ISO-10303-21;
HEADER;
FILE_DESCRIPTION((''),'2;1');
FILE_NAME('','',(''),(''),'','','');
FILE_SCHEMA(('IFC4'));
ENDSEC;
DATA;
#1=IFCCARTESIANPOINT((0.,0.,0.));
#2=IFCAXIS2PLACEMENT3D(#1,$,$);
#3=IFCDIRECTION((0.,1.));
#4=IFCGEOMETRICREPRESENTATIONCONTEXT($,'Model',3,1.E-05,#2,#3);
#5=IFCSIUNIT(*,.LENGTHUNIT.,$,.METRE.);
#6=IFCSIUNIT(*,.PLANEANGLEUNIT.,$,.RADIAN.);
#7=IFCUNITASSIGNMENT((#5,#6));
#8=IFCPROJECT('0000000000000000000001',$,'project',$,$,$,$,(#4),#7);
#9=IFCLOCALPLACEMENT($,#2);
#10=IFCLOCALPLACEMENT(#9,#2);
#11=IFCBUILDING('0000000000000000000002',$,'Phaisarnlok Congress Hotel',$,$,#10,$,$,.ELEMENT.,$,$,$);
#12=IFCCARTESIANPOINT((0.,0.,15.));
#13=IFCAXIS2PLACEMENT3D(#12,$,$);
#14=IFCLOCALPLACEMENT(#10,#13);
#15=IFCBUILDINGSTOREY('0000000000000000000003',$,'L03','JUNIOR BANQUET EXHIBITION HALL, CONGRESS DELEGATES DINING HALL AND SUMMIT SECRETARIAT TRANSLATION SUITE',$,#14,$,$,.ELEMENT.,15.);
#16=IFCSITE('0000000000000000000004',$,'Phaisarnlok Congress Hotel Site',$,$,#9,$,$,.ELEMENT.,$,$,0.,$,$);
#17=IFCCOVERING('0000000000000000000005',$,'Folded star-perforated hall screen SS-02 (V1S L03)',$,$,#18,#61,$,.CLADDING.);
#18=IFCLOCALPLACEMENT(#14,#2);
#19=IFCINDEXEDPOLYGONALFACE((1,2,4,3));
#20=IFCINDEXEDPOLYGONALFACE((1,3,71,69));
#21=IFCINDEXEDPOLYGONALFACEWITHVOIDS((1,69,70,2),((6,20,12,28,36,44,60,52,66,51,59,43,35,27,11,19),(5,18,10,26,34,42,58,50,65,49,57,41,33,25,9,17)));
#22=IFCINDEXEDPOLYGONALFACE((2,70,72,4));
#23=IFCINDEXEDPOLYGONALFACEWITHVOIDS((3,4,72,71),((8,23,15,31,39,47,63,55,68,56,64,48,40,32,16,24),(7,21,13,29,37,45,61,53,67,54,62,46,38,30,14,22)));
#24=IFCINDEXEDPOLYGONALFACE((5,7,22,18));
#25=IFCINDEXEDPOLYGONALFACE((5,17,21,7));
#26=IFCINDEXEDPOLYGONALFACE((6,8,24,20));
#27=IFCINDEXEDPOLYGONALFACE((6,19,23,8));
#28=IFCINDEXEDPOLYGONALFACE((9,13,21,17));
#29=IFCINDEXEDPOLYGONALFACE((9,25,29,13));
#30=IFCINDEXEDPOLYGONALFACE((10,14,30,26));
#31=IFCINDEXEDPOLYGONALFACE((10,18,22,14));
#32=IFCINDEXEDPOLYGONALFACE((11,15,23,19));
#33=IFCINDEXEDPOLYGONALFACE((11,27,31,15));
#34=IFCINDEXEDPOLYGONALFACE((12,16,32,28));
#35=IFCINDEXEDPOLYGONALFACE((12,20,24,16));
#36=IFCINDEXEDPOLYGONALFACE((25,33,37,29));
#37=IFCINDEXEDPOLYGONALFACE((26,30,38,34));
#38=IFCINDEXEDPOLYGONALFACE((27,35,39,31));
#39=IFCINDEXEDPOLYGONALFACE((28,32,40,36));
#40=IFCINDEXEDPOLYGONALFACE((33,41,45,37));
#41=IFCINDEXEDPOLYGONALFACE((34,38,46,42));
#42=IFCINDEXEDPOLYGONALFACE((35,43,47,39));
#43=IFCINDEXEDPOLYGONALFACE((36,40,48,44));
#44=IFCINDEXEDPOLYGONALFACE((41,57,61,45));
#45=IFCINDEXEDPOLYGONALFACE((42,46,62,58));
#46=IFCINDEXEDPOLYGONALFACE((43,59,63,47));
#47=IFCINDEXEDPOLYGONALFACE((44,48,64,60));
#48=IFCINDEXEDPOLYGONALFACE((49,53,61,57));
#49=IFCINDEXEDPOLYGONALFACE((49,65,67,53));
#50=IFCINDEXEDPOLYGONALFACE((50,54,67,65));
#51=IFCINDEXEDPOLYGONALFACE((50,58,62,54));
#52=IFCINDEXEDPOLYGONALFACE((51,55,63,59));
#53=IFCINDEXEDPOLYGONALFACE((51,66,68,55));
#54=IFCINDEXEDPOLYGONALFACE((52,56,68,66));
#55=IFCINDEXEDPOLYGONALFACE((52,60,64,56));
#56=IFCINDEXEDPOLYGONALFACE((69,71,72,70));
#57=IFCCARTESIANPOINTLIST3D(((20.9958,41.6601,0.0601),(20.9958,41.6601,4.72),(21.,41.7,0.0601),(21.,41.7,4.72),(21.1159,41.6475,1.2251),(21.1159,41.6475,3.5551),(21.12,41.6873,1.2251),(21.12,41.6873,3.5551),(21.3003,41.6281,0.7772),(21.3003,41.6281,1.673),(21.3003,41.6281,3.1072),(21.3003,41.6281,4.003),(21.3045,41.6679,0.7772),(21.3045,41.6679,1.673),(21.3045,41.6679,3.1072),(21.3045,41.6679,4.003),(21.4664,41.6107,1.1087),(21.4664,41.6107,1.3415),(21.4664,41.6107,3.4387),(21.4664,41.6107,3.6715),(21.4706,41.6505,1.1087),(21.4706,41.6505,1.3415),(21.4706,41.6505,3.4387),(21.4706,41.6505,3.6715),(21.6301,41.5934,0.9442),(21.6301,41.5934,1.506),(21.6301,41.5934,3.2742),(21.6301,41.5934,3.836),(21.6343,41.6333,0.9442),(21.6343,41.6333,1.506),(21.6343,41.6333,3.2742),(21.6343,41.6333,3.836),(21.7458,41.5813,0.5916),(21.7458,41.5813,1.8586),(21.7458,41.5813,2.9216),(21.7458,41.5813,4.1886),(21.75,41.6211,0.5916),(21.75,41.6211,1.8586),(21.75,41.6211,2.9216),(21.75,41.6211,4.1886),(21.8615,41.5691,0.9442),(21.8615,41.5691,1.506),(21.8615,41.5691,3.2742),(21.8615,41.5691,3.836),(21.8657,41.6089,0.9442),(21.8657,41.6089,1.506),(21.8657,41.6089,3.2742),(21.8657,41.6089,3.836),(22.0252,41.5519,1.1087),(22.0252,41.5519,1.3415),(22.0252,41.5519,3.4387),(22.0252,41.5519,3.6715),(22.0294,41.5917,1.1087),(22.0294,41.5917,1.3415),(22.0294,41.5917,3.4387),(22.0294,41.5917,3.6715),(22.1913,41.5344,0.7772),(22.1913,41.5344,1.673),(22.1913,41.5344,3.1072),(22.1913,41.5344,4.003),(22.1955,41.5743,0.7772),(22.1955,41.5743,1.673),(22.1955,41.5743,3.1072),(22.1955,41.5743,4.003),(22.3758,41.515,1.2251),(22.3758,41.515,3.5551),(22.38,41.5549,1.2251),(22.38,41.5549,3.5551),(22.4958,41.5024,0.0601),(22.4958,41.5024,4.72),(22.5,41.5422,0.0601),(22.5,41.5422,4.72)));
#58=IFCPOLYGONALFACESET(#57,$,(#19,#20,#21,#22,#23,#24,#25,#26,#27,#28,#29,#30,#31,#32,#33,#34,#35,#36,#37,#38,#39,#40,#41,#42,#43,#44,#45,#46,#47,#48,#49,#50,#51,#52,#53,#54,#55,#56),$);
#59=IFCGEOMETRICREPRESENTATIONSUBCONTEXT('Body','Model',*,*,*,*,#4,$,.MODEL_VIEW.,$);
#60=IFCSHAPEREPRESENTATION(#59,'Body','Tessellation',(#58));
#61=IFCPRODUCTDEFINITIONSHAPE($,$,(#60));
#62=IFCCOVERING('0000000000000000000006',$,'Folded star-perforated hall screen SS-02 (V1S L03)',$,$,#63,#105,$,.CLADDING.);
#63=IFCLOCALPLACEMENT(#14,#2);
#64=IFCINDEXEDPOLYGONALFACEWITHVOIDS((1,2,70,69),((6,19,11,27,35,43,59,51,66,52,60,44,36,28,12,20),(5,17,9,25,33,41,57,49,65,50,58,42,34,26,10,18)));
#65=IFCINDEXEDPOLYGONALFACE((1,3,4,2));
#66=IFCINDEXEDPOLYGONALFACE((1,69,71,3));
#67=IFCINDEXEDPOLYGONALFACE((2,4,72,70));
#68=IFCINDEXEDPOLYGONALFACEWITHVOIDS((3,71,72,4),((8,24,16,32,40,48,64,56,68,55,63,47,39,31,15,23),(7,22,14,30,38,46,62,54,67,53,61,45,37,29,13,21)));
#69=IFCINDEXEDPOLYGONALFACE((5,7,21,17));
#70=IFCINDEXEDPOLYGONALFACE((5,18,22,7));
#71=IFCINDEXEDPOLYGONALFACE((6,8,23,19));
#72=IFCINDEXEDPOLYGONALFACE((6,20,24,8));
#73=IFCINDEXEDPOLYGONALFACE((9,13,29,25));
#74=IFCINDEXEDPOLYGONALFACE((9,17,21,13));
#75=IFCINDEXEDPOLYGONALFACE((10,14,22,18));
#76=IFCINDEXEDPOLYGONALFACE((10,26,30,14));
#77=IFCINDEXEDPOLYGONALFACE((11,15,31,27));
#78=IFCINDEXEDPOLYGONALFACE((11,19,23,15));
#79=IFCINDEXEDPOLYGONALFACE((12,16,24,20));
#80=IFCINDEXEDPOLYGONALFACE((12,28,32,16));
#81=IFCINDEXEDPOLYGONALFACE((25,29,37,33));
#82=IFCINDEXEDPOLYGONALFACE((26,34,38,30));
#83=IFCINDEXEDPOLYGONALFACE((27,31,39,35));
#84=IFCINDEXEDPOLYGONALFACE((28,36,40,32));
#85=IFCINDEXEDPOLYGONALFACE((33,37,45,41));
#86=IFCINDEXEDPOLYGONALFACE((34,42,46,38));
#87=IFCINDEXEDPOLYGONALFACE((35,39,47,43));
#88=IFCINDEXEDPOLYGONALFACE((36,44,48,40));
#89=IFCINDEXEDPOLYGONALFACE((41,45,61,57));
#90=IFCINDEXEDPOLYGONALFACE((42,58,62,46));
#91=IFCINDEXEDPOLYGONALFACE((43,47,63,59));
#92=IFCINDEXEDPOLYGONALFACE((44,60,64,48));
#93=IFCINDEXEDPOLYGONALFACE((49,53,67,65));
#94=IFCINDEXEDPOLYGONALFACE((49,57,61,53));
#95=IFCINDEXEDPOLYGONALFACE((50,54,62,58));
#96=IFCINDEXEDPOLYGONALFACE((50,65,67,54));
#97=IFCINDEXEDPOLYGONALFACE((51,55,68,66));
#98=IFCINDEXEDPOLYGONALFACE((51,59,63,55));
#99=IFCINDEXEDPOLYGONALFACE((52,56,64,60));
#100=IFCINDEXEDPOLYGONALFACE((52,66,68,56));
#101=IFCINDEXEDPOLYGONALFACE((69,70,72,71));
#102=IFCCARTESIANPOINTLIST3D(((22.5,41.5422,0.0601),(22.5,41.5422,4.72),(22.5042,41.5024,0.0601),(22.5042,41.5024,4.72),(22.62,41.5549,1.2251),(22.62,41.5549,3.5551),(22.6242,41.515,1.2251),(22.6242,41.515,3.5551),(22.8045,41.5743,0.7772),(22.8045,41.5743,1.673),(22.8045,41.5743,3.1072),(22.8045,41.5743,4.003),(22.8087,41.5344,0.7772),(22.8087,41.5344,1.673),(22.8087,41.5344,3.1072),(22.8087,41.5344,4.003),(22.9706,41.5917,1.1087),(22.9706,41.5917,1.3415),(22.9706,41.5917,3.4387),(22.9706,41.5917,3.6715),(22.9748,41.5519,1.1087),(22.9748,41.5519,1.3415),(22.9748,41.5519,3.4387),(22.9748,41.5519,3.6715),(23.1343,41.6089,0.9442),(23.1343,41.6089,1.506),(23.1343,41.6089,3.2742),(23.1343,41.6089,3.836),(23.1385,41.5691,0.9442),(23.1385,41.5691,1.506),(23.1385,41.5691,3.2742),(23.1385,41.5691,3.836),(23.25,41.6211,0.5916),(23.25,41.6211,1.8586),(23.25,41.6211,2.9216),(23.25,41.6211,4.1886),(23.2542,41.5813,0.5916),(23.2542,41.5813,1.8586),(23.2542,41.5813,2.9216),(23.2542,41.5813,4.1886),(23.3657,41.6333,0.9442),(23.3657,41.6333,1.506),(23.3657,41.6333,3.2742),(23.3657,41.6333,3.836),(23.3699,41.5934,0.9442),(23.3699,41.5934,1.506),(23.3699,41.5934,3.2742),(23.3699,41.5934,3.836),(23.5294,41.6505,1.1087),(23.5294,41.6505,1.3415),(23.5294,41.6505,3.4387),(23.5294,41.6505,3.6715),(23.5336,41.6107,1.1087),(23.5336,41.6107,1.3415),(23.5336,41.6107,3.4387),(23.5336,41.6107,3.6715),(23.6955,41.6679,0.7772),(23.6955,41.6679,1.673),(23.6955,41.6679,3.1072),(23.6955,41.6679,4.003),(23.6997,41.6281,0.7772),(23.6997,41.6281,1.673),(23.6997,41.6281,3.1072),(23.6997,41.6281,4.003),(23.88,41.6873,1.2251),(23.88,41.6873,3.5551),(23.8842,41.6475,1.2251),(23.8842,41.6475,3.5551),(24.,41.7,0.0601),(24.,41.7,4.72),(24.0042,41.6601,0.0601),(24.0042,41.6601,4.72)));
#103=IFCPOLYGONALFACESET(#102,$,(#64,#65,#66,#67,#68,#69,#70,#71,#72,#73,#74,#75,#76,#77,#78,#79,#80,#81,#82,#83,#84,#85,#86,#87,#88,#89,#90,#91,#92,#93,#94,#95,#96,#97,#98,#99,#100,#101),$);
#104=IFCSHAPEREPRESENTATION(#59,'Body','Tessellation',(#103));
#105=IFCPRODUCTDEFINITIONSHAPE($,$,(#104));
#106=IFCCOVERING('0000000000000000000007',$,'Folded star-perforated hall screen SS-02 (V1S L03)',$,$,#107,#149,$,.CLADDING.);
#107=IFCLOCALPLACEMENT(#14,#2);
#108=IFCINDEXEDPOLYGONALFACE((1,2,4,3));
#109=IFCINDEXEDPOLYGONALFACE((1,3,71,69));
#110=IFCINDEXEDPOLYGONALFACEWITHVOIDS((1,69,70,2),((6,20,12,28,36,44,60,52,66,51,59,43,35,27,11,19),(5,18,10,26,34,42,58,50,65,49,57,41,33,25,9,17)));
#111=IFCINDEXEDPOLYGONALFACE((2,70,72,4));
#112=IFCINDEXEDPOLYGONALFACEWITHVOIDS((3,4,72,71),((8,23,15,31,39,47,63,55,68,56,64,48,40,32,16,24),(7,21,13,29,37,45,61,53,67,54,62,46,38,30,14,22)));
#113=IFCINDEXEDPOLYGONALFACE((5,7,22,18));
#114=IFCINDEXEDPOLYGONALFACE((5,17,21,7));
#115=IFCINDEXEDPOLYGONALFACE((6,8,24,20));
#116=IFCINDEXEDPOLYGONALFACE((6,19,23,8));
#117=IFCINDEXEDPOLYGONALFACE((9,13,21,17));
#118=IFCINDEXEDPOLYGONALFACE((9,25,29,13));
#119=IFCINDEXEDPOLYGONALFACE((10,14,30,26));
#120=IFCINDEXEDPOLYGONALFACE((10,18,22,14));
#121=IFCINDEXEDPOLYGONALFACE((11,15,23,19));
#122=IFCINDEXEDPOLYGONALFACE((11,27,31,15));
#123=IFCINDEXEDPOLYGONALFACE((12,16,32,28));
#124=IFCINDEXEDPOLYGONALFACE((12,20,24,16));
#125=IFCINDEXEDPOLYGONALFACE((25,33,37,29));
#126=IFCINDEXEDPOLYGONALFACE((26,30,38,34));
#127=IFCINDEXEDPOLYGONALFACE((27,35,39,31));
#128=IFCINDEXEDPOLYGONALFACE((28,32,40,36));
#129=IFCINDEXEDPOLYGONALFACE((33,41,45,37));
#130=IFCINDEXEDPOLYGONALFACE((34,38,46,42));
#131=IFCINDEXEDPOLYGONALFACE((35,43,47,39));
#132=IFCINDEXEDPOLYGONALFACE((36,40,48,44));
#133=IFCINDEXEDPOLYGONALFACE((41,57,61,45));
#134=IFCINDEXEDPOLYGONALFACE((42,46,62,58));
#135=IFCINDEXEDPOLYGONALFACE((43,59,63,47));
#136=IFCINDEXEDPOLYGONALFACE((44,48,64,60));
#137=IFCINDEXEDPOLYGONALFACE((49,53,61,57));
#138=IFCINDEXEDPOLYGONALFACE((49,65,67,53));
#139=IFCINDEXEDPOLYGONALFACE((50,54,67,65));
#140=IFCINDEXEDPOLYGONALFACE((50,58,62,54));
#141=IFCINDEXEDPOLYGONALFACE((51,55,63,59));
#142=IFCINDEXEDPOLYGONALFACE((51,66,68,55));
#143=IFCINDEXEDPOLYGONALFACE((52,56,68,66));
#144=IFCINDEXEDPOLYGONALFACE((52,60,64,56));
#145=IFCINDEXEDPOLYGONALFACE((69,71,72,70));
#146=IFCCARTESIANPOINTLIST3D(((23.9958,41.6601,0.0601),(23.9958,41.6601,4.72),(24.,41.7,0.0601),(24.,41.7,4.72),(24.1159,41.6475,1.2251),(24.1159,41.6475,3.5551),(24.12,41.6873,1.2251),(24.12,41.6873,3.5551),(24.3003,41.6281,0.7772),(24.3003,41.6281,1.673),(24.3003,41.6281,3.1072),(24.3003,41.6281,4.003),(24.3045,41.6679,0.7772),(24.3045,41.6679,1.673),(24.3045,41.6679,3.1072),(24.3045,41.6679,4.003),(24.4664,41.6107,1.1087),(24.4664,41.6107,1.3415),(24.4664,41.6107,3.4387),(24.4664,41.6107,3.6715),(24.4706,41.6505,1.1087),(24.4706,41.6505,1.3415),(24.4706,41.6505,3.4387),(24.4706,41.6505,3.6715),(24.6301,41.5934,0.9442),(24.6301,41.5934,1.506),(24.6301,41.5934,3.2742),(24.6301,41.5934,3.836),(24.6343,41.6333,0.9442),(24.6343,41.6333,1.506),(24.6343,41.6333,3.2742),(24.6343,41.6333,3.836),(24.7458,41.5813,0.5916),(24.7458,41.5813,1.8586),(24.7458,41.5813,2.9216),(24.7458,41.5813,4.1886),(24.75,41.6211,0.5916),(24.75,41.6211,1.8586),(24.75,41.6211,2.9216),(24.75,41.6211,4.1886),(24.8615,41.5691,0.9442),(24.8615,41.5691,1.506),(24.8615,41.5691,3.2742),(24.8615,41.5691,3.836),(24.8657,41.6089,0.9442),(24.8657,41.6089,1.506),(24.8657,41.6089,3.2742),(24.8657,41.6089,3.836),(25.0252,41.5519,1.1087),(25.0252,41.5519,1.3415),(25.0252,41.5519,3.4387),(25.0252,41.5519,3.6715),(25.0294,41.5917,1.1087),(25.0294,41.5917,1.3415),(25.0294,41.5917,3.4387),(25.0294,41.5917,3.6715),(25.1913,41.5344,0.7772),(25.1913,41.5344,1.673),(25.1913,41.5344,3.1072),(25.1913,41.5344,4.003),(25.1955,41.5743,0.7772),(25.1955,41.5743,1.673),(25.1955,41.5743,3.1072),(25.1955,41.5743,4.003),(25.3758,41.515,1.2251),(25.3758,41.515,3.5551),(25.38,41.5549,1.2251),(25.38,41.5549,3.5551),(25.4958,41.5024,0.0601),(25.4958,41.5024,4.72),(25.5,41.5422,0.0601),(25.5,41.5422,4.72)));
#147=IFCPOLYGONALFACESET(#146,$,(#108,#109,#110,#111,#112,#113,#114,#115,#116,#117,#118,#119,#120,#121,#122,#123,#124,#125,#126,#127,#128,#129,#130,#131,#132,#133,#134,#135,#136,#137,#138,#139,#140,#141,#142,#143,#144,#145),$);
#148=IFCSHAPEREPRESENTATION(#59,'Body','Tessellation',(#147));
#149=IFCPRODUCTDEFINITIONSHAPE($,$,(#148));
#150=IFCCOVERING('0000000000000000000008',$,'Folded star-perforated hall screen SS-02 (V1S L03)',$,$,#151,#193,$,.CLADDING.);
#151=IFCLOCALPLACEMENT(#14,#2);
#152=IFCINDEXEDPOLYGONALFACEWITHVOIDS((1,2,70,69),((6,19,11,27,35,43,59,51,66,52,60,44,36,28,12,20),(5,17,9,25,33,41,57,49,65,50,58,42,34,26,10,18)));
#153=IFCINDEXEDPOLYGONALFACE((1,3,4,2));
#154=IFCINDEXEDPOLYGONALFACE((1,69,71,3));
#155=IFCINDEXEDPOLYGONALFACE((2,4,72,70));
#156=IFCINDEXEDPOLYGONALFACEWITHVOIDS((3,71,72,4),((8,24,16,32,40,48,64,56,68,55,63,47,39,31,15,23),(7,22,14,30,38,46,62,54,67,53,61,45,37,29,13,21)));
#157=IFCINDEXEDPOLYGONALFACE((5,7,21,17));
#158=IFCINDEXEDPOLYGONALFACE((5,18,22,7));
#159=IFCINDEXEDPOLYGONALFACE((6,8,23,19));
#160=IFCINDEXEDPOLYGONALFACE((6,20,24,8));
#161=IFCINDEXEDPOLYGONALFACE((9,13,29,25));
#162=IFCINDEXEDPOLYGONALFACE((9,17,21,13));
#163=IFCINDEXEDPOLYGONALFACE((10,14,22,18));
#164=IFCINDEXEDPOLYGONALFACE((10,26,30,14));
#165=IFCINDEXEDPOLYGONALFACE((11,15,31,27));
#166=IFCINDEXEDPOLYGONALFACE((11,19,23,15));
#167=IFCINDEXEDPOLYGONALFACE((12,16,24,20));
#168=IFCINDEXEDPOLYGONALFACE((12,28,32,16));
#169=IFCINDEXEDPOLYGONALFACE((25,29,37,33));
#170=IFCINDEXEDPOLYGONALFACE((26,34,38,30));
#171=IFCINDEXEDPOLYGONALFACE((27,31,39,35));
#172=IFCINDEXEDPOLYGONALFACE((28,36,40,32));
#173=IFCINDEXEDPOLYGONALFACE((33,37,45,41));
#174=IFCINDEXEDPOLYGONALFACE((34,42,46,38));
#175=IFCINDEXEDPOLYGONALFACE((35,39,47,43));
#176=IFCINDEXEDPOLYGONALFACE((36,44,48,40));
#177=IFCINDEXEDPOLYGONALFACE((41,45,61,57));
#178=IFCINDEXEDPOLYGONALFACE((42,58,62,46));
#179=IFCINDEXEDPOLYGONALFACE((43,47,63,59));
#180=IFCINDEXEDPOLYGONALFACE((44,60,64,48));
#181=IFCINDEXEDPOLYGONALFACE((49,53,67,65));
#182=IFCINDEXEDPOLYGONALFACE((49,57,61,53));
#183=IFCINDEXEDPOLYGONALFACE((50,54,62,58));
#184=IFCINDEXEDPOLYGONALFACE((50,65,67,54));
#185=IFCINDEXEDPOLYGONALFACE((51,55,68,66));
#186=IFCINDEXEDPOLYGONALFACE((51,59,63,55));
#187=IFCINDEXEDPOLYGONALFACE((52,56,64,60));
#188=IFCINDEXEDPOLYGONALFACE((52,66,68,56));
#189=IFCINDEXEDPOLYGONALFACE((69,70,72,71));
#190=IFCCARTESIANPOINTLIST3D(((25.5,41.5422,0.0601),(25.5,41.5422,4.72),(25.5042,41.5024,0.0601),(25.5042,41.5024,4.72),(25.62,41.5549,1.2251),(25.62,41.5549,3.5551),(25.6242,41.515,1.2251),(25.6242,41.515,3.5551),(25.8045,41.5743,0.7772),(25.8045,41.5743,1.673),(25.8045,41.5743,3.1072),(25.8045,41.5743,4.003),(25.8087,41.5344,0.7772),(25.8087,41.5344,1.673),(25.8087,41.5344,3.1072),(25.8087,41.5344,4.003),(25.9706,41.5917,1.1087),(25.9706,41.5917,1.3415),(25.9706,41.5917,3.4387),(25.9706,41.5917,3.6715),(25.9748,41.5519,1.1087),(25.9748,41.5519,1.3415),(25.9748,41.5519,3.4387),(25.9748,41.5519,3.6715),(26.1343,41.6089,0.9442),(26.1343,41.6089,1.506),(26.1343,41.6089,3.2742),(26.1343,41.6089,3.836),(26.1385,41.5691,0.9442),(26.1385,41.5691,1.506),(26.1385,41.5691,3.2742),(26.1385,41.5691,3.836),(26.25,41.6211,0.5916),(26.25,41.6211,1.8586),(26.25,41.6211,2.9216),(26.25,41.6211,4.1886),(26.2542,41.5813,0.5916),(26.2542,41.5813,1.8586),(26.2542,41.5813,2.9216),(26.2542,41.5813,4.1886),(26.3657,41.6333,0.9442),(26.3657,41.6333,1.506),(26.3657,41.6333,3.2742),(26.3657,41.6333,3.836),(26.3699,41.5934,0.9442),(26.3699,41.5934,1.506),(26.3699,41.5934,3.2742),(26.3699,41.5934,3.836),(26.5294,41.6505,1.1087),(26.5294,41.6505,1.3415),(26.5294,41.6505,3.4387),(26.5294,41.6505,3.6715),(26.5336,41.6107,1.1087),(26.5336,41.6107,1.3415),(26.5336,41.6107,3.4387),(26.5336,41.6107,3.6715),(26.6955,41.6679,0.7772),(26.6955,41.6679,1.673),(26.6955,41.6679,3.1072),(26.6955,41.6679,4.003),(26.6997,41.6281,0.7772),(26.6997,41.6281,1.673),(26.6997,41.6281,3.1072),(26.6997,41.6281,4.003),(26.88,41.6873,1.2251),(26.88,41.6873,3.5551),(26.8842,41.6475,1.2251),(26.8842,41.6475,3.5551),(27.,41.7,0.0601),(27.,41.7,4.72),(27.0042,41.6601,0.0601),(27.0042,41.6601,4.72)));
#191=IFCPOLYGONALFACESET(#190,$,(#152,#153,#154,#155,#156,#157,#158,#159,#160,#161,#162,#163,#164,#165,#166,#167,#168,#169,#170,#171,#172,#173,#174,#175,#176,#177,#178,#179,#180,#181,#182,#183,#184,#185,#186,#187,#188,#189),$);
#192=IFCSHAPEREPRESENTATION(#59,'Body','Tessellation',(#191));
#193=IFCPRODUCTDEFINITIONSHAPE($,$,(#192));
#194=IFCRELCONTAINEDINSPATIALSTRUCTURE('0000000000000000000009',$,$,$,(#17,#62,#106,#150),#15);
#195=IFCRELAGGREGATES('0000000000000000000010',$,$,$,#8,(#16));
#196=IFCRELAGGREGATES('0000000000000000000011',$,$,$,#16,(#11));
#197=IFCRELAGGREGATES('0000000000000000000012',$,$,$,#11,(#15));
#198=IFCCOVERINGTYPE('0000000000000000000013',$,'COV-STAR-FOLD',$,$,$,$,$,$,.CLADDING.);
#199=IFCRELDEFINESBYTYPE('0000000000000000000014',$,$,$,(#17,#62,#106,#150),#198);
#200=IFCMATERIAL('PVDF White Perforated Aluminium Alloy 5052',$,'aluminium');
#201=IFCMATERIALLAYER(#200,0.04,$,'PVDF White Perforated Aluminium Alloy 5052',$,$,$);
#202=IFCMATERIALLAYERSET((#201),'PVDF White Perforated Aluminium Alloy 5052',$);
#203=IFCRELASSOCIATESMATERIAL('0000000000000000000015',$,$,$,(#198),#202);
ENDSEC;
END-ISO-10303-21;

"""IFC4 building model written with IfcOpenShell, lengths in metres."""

from ifc_helpers import new_model, si_unit, direction, frame, origin, place, context, subcontext, project, spatial, polyline, outline, extrude, material, layer, layer_set, type_object, element, save


model = new_model("IFC4")

# Units and contexts
model_context = context("Model", 3, precision=1e-05, world=origin(), true_north=direction((0.0, 1.0)))
body_context = subcontext(model_context, "Body", "Model", "MODEL_VIEW")
ifc_project = project(units=[si_unit("LENGTHUNIT", "METRE"), si_unit("PLANEANGLEUNIT", "RADIAN")], contexts=[model_context])

# Site, building, storey
site_placement = place(None, origin())
site = spatial("IfcSite", under=ifc_project, at=site_placement, Name="Phaisarnlok Congress Hotel Site", CompositionType="ELEMENT", RefElevation=0.0)
building_placement = place(site_placement, origin())
building = spatial("IfcBuilding", under=site, at=building_placement, Name="Phaisarnlok Congress Hotel", CompositionType="ELEMENT")
storey_placement = place(building_placement, frame((0.0, 0.0, 15.0)))
storey = spatial("IfcBuildingStorey", under=building, at=storey_placement, Name="L03", Description="JUNIOR BANQUET EXHIBITION HALL, CONGRESS DELEGATES DINING HALL AND SUMMIT SECRETARIAT TRANSLATION SUITE", CompositionType="ELEMENT", Elevation=15.0)

# Coverings
ifc_material_1 = material(Name="PVDF White Perforated Aluminium Alloy 5052", Category="aluminium")
ifc_layer = layer(ifc_material_1, 0.04, Name="PVDF White Perforated Aluminium Alloy 5052")
ifc_layer_set = layer_set([ifc_layer], Name="PVDF White Perforated Aluminium Alloy 5052")
covering_type = type_object("IfcCoveringType", Name="COV-STAR-FOLD", PredefinedType="CLADDING", material=ifc_layer_set)
for number, where, z_axis, x_axis, name in (
    (1, (21.0, 41.7, 0.0601), (-0.104567, -0.994518, 0.0), (0.994518, -0.104567, 0.0), "Folded star-perforated hall screen SS-02 (V1S L03)"),
    (2, (22.5, 41.5422, 0.0601), (0.104567, -0.994518, 0.0), (0.994518, 0.104567, 0.0), "Folded star-perforated hall screen SS-02 (V1S L03)"),
    (3, (24.0, 41.7, 0.0601), (-0.104567, -0.994518, 0.0), (0.994518, -0.104567, 0.0), "Folded star-perforated hall screen SS-02 (V1S L03)"),
    (4, (25.5, 41.5422, 0.0601), (0.104567, -0.994518, 0.0), (0.994518, 0.104567, 0.0), "Folded star-perforated hall screen SS-02 (V1S L03)"),
):
    element("IfcCovering", number, at=place(storey_placement, frame(where, z_axis=z_axis, x_axis=x_axis)), inside=storey, type_object=covering_type, Name=name, PredefinedType="CLADDING", context=body_context, shape_type="SweptSolid", body=[
        extrude(outline(polyline([(0.0, 0.0), (1.5083, 0.0), (1.5083, 4.6599), (0.0, 4.6599), (0.0, 0.0)]), holes=[polyline([(1.0351, 1.0486), (1.2021, 0.7171), (0.8705, 0.8841), (0.7541, 0.5315), (0.6378, 0.8841), (0.3062, 0.7171), (0.4732, 1.0486), (0.1207, 1.165), (0.4732, 1.2814), (0.3062, 1.6129), (0.6378, 1.4459), (0.7541, 1.7985), (0.8705, 1.4459), (1.2021, 1.6129), (1.0351, 1.2814), (1.3876, 1.165), (1.0351, 1.0486)]), polyline([(1.0351, 3.3786), (1.2021, 3.0471), (0.8705, 3.2141), (0.7541, 2.8615), (0.6378, 3.2141), (0.3062, 3.0471), (0.4732, 3.3786), (0.1207, 3.495), (0.4732, 3.6114), (0.3062, 3.9429), (0.6378, 3.7759), (0.7541, 4.1285), (0.8705, 3.7759), (1.2021, 3.9429), (1.0351, 3.6114), (1.3876, 3.495), (1.0351, 3.3786)])]), origin(), (0.0, 0.0, 1.0), 0.04),
    ])

save(model, "model.ifc")
